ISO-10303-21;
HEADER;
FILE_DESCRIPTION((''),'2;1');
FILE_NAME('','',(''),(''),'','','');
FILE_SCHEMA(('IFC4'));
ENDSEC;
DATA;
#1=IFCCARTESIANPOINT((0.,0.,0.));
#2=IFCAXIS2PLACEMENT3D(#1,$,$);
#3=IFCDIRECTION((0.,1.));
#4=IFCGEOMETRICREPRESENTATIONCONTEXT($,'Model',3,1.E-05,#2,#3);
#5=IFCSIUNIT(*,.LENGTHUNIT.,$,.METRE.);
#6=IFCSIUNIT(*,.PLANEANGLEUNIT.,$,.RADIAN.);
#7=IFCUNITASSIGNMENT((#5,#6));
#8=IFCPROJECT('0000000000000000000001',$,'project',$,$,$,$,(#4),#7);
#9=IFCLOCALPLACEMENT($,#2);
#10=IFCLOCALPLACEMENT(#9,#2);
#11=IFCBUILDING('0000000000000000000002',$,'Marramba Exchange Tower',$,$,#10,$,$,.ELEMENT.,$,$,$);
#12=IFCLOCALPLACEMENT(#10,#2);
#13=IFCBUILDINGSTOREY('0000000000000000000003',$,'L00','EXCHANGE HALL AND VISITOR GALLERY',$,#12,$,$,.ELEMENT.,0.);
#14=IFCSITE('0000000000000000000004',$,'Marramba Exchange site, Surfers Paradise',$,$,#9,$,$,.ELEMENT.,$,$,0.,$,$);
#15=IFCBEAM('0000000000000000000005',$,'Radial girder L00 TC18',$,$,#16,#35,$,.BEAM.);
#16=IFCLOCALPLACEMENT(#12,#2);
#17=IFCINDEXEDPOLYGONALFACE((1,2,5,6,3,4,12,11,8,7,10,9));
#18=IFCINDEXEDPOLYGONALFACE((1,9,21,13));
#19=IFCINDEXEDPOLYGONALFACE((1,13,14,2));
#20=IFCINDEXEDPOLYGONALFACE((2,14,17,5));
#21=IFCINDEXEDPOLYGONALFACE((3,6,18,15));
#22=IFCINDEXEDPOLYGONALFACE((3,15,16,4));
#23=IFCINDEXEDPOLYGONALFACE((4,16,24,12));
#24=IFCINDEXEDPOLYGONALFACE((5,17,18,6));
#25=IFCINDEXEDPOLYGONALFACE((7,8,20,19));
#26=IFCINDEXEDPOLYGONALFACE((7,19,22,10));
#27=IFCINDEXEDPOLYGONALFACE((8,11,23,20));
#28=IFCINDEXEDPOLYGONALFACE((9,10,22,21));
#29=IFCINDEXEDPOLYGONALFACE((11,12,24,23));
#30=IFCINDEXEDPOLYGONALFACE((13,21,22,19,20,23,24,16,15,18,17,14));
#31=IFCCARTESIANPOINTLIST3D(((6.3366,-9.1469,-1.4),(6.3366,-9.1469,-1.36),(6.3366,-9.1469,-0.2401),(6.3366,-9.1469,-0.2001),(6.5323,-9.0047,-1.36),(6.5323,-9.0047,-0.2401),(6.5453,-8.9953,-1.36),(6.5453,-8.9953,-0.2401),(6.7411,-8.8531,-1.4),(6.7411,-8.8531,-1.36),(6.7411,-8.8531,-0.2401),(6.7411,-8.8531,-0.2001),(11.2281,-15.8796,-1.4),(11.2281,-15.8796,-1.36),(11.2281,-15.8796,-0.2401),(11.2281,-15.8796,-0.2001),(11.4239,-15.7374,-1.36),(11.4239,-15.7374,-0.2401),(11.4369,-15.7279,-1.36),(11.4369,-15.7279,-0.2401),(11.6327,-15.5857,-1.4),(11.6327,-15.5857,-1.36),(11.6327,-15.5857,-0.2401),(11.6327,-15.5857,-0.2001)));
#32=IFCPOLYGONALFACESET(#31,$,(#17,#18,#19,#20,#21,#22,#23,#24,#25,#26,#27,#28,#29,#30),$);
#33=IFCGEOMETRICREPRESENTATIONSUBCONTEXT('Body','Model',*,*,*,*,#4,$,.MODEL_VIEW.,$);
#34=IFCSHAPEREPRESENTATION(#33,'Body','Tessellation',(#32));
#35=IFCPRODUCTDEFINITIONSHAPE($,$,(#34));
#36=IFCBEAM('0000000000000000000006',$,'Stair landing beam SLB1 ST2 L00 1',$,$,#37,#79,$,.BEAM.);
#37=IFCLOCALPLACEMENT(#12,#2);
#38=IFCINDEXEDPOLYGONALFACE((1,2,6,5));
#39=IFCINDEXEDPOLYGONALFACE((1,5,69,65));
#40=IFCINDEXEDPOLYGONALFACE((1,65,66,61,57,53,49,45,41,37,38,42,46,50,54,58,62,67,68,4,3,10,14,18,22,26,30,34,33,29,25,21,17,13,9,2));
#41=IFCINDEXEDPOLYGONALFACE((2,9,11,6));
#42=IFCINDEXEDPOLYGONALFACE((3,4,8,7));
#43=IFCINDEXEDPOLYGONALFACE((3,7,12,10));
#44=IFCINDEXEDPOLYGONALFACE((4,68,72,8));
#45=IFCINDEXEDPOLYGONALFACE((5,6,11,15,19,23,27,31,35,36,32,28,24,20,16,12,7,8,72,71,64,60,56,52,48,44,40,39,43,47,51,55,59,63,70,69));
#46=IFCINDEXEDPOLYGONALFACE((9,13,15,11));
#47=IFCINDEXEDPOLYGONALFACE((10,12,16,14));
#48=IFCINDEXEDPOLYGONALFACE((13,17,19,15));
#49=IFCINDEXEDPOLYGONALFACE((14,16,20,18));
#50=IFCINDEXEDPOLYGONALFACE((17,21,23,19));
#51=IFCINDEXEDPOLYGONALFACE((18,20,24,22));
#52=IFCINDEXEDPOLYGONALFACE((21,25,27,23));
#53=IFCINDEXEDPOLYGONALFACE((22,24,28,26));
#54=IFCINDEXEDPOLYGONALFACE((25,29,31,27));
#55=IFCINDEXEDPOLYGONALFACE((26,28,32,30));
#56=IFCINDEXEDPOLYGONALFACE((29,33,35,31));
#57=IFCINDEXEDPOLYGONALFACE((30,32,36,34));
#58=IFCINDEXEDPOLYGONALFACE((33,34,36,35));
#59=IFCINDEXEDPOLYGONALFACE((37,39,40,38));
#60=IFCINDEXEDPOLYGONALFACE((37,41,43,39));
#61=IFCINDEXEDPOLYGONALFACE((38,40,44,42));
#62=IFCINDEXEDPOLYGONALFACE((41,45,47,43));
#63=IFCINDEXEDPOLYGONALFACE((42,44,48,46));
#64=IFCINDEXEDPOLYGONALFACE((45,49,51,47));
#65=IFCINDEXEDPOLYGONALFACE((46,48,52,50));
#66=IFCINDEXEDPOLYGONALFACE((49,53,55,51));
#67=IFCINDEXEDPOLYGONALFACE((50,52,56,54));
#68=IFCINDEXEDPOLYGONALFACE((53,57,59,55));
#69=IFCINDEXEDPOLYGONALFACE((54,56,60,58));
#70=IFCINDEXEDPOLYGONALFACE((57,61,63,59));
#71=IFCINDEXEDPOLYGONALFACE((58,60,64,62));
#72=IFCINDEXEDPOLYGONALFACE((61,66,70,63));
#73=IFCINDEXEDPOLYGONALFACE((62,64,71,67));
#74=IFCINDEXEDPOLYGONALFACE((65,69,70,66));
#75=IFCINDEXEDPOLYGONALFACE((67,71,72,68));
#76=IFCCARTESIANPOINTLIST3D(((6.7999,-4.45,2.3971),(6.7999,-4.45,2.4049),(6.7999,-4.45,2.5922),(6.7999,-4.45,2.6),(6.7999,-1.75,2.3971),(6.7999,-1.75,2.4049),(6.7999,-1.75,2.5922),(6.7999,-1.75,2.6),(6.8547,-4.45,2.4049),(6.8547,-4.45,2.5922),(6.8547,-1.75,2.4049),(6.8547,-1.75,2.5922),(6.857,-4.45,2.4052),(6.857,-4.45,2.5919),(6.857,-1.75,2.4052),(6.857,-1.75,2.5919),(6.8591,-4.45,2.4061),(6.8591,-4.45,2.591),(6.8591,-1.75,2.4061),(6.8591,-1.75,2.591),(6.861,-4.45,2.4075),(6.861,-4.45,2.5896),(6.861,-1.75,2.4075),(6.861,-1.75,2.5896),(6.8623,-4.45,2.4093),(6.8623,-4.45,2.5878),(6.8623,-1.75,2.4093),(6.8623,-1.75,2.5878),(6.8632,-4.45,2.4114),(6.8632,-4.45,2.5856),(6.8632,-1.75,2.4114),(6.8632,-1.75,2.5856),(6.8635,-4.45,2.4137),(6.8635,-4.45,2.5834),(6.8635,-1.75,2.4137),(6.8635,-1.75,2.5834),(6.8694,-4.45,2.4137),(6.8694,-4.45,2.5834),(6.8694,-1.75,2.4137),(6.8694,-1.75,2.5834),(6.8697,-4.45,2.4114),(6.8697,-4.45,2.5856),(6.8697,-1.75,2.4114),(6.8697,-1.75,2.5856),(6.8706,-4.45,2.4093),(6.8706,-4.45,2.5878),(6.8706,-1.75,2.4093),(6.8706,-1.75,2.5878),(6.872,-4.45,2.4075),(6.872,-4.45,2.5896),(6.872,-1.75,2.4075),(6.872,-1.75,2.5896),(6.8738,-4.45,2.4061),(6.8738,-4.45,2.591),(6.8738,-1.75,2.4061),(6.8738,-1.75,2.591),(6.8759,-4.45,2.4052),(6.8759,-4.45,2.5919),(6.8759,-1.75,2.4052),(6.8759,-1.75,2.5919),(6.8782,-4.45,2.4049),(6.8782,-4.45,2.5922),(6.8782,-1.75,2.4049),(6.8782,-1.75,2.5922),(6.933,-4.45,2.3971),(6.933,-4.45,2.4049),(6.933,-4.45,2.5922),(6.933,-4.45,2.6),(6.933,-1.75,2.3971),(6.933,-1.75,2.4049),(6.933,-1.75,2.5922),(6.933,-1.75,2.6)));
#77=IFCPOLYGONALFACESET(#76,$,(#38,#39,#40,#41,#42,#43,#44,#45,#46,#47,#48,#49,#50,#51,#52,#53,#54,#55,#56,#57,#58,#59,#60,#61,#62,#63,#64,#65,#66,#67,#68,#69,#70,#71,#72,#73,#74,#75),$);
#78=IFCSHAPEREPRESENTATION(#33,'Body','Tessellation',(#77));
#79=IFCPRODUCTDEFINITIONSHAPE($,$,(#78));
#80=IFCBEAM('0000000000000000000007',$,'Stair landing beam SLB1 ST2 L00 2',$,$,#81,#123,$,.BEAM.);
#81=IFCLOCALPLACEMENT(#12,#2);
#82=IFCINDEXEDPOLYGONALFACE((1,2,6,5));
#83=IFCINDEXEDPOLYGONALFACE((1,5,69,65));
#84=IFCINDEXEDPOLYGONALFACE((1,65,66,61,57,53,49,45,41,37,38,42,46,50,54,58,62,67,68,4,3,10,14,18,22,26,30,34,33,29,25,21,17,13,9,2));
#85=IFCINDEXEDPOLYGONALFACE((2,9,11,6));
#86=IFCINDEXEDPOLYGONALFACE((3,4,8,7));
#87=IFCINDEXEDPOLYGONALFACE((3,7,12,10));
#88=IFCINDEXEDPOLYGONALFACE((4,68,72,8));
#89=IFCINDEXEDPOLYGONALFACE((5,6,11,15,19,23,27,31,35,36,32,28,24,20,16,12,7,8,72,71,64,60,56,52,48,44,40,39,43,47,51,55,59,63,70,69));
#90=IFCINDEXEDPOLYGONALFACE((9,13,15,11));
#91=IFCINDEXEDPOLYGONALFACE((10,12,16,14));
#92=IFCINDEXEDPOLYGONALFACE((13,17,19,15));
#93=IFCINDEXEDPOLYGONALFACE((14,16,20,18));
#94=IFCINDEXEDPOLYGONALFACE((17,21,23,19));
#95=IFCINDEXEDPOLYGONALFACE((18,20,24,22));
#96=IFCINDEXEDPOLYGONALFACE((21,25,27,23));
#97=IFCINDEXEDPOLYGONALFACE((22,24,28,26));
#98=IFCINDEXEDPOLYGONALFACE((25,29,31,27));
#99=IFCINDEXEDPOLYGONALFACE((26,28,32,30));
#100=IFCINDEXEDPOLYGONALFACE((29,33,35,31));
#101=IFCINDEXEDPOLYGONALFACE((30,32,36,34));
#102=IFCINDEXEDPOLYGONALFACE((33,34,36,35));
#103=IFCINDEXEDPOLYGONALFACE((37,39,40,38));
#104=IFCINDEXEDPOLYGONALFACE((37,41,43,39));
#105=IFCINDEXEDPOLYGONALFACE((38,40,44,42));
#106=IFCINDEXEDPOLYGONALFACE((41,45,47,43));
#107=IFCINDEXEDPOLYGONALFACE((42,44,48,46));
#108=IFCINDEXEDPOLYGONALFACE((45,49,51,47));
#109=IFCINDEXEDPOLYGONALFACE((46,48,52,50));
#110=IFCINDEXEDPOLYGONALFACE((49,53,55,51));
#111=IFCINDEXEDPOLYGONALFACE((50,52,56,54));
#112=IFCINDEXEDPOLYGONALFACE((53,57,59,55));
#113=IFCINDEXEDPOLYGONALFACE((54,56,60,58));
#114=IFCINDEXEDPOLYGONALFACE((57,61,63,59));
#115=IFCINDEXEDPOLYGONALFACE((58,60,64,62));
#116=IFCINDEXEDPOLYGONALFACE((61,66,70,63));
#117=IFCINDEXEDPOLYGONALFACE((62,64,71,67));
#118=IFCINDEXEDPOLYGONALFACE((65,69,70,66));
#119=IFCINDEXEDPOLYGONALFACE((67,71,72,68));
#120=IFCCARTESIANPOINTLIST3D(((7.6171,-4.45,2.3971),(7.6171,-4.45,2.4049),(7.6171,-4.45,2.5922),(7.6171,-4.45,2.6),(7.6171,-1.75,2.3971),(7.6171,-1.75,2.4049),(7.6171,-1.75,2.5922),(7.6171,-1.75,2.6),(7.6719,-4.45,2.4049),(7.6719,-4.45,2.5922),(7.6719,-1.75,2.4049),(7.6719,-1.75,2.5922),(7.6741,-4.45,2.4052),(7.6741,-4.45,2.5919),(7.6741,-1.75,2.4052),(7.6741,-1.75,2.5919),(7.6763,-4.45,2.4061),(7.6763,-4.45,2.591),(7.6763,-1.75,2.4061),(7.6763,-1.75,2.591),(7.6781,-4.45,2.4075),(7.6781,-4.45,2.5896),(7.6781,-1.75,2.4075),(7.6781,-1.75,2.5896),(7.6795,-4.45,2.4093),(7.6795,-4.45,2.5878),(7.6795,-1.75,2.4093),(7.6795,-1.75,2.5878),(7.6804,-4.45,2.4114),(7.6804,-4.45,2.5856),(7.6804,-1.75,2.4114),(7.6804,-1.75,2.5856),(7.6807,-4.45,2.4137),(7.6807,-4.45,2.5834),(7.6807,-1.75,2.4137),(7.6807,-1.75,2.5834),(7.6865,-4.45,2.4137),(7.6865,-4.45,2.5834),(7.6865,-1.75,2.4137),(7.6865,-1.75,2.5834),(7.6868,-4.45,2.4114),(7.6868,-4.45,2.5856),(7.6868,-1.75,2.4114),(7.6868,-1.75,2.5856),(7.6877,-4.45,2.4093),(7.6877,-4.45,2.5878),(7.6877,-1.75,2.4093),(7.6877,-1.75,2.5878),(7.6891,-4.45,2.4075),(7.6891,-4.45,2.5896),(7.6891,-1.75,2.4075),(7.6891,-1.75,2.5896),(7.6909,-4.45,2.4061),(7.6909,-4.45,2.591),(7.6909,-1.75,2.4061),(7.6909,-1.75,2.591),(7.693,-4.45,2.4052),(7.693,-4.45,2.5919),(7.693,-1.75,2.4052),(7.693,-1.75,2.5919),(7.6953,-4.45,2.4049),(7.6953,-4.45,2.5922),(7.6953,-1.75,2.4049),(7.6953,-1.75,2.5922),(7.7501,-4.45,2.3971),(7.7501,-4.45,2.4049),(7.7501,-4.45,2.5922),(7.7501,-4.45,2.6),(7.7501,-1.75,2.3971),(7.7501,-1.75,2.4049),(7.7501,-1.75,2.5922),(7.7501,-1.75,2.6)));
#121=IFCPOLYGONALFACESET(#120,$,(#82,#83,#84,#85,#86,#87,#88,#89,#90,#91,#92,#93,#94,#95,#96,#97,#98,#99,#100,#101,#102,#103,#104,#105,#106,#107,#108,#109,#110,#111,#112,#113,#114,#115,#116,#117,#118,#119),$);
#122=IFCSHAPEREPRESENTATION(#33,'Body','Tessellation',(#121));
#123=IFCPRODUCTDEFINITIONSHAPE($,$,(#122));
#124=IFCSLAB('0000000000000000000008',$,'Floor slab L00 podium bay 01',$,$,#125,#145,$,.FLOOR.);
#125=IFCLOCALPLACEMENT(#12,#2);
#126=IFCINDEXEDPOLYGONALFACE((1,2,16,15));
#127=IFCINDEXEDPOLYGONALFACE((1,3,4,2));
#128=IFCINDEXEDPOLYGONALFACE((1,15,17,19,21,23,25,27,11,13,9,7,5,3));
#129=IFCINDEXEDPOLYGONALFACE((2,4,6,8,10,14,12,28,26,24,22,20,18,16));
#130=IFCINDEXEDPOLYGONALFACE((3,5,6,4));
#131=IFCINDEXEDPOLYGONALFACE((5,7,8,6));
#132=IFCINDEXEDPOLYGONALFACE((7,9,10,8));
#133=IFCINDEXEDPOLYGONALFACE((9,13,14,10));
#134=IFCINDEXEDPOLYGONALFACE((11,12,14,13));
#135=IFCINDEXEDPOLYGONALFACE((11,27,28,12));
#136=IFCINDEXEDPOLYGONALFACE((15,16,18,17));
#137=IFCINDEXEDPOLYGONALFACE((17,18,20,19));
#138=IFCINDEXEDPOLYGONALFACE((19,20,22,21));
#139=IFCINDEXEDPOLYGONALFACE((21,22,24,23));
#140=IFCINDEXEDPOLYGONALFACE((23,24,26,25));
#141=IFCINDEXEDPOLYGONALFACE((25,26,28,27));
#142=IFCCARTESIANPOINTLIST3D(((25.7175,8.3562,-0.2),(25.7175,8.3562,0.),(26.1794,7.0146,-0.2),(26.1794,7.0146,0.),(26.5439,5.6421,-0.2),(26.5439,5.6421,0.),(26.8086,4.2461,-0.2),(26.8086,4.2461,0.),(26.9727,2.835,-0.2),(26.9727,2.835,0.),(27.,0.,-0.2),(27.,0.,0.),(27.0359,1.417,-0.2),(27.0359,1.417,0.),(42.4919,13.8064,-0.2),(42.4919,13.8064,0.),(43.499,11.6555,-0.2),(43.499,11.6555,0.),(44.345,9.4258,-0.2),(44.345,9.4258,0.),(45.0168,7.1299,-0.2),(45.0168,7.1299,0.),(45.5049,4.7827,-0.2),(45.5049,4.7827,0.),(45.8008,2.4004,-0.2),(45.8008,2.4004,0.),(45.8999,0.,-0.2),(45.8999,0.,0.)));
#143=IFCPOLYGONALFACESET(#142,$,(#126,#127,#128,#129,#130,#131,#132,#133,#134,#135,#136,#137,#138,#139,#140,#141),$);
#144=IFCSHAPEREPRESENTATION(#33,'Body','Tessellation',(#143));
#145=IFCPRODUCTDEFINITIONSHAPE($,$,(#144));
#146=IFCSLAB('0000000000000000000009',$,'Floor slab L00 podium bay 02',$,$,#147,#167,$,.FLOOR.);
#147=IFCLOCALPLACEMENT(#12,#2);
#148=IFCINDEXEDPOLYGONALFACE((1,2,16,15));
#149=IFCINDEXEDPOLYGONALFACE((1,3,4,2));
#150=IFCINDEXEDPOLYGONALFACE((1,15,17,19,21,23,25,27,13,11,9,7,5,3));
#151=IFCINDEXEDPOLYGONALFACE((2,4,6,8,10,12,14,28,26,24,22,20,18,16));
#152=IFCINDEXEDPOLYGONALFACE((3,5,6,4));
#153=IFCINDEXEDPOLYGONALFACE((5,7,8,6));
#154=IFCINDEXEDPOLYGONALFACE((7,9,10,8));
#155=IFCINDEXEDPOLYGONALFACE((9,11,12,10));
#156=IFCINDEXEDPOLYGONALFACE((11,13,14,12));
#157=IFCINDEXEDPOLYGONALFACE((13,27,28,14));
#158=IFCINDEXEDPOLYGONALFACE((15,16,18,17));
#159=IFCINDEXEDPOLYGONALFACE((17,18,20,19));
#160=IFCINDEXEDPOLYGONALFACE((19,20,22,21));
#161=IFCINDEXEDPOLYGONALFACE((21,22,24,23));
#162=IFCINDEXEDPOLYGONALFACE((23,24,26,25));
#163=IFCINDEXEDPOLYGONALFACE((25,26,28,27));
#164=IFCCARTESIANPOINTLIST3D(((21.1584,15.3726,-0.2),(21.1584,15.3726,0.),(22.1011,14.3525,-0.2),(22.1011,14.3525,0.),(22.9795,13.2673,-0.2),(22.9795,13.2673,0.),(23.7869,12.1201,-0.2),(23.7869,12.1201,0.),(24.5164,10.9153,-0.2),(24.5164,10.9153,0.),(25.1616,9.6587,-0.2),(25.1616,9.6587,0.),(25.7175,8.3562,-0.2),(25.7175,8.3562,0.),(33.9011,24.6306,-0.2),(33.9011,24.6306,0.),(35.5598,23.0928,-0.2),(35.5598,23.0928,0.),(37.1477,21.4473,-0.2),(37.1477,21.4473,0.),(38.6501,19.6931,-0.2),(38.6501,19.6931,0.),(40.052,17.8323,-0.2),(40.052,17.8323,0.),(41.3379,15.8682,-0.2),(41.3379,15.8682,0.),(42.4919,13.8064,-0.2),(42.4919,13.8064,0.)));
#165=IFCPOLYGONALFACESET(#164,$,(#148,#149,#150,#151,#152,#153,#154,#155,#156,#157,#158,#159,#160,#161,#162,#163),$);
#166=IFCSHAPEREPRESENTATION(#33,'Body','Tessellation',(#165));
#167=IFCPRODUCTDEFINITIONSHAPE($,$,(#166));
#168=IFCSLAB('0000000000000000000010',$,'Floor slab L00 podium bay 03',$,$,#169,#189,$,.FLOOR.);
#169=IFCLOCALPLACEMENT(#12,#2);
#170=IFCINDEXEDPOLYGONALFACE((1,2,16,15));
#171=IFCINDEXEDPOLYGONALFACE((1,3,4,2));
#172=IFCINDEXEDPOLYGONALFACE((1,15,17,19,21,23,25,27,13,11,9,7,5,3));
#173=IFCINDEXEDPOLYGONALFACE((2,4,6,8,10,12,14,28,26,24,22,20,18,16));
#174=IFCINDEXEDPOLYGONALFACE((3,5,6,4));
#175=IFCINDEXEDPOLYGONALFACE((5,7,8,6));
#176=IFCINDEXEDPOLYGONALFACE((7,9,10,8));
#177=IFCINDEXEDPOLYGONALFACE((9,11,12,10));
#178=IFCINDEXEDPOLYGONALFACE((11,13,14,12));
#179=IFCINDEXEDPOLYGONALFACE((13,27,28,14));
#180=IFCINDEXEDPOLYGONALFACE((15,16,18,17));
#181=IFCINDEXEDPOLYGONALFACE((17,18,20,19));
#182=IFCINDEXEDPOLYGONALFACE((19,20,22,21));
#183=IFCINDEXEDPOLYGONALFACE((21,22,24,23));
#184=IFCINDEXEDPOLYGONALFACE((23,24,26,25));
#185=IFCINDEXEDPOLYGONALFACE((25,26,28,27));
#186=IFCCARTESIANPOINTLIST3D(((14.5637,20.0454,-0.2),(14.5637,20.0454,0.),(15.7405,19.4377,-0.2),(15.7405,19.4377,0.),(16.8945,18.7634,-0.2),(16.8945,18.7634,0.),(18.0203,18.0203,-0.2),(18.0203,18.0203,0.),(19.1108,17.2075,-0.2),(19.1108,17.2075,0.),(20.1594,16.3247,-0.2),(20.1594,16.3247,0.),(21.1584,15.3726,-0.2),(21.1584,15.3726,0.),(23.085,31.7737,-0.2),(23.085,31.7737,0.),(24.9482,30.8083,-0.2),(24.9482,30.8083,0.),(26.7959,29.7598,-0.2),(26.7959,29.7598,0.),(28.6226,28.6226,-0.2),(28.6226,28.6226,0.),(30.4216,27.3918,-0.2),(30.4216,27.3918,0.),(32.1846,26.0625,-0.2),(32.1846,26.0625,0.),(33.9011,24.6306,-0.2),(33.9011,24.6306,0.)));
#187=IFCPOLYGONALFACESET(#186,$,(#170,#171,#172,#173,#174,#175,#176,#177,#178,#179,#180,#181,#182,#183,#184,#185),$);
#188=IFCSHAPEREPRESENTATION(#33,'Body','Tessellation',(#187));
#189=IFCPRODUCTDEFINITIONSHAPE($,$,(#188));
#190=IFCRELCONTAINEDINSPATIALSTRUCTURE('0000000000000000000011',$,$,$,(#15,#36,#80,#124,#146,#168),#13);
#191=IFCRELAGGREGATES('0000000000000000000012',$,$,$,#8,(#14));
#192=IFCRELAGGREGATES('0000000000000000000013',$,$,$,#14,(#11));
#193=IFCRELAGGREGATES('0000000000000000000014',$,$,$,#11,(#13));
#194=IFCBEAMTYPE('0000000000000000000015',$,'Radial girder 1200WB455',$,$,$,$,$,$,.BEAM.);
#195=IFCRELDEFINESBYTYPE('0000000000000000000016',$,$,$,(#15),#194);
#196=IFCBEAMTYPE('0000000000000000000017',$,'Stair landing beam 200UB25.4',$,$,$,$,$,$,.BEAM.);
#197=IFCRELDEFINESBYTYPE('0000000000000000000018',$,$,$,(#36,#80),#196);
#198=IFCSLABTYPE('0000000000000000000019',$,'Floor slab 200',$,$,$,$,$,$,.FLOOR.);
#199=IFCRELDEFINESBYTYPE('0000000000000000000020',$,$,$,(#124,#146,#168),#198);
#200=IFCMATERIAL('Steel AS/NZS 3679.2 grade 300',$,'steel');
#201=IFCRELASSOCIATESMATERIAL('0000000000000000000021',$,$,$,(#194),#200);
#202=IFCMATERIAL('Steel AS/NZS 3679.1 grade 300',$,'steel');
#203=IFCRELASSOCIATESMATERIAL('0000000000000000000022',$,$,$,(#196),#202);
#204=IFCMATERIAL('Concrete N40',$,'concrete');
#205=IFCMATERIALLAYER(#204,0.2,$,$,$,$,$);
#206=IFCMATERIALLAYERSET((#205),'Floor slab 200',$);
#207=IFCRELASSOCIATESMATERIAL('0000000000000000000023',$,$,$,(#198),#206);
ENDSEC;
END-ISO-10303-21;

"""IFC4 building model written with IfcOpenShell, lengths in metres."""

from ifc_helpers import new_model, si_unit, direction, frame, origin, origin_2d, place, context, subcontext, project, spatial, polyline, i_section, outline, extrude, material, layer, layer_set, material_profile, profile_set, type_object, element, save


model = new_model("IFC4")

# Units and contexts
model_context = context("Model", 3, precision=1e-05, world=origin(), true_north=direction((0.0, 1.0)))
body_context = subcontext(model_context, "Body", "Model", "MODEL_VIEW")
ifc_project = project(units=[si_unit("LENGTHUNIT", "METRE"), si_unit("PLANEANGLEUNIT", "RADIAN")], contexts=[model_context])

# Site, building, storey
site_placement = place(None, origin())
site = spatial("IfcSite", under=ifc_project, at=site_placement, Name="Marramba Exchange site, Surfers Paradise", CompositionType="ELEMENT", RefElevation=0.0)
building_placement = place(site_placement, origin())
building = spatial("IfcBuilding", under=site, at=building_placement, Name="Marramba Exchange Tower", CompositionType="ELEMENT")
storey_placement = place(building_placement, origin())
storey = spatial("IfcBuildingStorey", under=building, at=storey_placement, Name="L00", Description="EXCHANGE HALL AND VISITOR GALLERY", CompositionType="ELEMENT", Elevation=0.0)

# Beams
ifc_material_1 = material(Name="Steel AS/NZS 3679.2 grade 300", Category="steel")
ifc_material_profile_1 = material_profile(ifc_material_1, i_section(OverallWidth=0.5, OverallDepth=1.2, WebThickness=0.0161, FlangeThickness=0.04, at=origin_2d()), Name="1200WB455")
ifc_profile_set_1 = profile_set([ifc_material_profile_1], Name="Steel AS/NZS 3679.2 grade 300")
beam_type_1 = type_object("IfcBeamType", Name="Radial girder 1200WB455", PredefinedType="BEAM", material=ifc_profile_set_1)
beam_placement = place(storey_placement, frame((6.5388, -9.0, -0.8), z_axis=(0.587788, -0.809015, 0.0), x_axis=(0.809015, 0.587788, 0.0)))
element("IfcBeam", 1, at=beam_placement, inside=storey, type_object=beam_type_1, Name="Radial girder L00 TC18", PredefinedType="BEAM", context=body_context, shape_type="SweptSolid", body=[
    extrude(i_section(OverallWidth=0.5, OverallDepth=1.2, WebThickness=0.0161, FlangeThickness=0.04, at=origin_2d()), origin(), (0.0, 0.0, 1.0), 8.322),
])
ifc_material_2 = material(Name="Steel AS/NZS 3679.1 grade 300", Category="steel")
ifc_material_profile_2 = material_profile(ifc_material_2, i_section(OverallWidth=0.1331, OverallDepth=0.2029, WebThickness=0.0059, FlangeThickness=0.0078, FilletRadius=0.0088, at=origin_2d()), Name="200UB25.4")
ifc_profile_set_2 = profile_set([ifc_material_profile_2], Name="Steel AS/NZS 3679.1 grade 300")
beam_type_2 = type_object("IfcBeamType", Name="Stair landing beam 200UB25.4", PredefinedType="BEAM", material=ifc_profile_set_2)
for number, where, z_axis, x_axis, name in (
    (2, (6.8665, -4.45, 2.4985), (0.0, 1.0, 0.0), (-1.0, 0.0, 0.0), "Stair landing beam SLB1 ST2 L00 1"),
    (3, (7.6836, -4.45, 2.4985), (0.0, 1.0, 0.0), (-1.0, 0.0, 0.0), "Stair landing beam SLB1 ST2 L00 2"),
):
    element("IfcBeam", number, at=place(storey_placement, frame(where, z_axis=z_axis, x_axis=x_axis)), inside=storey, type_object=beam_type_2, Name=name, PredefinedType="BEAM", context=body_context, shape_type="SweptSolid", body=[
        extrude(i_section(OverallWidth=0.1331, OverallDepth=0.2029, WebThickness=0.0059, FlangeThickness=0.0078, FilletRadius=0.0088, at=origin_2d()), origin(), (0.0, 0.0, 1.0), 2.7),
    ])

# Slabs
ifc_material_3 = material(Name="Concrete N40", Category="concrete")
ifc_layer_1 = layer(ifc_material_3, 0.2)
ifc_layer_set_1 = layer_set([ifc_layer_1], Name="Floor slab 200")
slab_type_1 = type_object("IfcSlabType", Name="Floor slab 200", PredefinedType="FLOOR", material=ifc_layer_set_1)
slab_1_placement = place(storey_placement, frame((0.0, 0.0, -0.2)))
element("IfcSlab", 4, at=slab_1_placement, inside=storey, type_object=slab_type_1, Name="Floor slab L00 podium bay 01", PredefinedType="FLOOR", context=body_context, shape_type="SweptSolid", body=[
    extrude(outline(polyline([(43.499, 11.6555), (44.345, 9.4258), (45.0168, 7.1299), (45.5049, 4.7827), (45.8008, 2.4004), (45.8999, 0.0), (27.0, 0.0), (27.0359, 1.417), (26.9727, 2.835), (26.8086, 4.2461), (26.5439, 5.6421), (26.1794, 7.0146), (25.7175, 8.3562), (42.4919, 13.8064), (43.499, 11.6555)])), origin(), (0.0, 0.0, 1.0), 0.2),
])
slab_2_placement = place(storey_placement, frame((0.0, 0.0, -0.2)))
element("IfcSlab", 5, at=slab_2_placement, inside=storey, type_object=slab_type_1, Name="Floor slab L00 podium bay 02", PredefinedType="FLOOR", context=body_context, shape_type="SweptSolid", body=[
    extrude(outline(polyline([(33.9011, 24.6306), (35.5598, 23.0928), (37.1477, 21.4473), (38.6501, 19.6931), (40.052, 17.8323), (41.3379, 15.8682), (42.4919, 13.8064), (25.7175, 8.3562), (25.1616, 9.6587), (24.5164, 10.9153), (23.7869, 12.1201), (22.9795, 13.2673), (22.1011, 14.3525), (21.1584, 15.3726), (33.9011, 24.6306)])), origin(), (0.0, 0.0, 1.0), 0.2),
])
slab_3_placement = place(storey_placement, frame((0.0, 0.0, -0.2)))
element("IfcSlab", 6, at=slab_3_placement, inside=storey, type_object=slab_type_1, Name="Floor slab L00 podium bay 03", PredefinedType="FLOOR", context=body_context, shape_type="SweptSolid", body=[
    extrude(outline(polyline([(23.085, 31.7737), (24.9482, 30.8083), (26.7959, 29.7598), (28.6226, 28.6226), (30.4216, 27.3918), (32.1846, 26.0625), (33.9011, 24.6306), (21.1584, 15.3726), (20.1594, 16.3247), (19.1108, 17.2075), (18.0203, 18.0203), (16.8945, 18.7634), (15.7405, 19.4377), (14.5637, 20.0454), (23.085, 31.7737)])), origin(), (0.0, 0.0, 1.0), 0.2),
])

save(model, "model.ifc")
